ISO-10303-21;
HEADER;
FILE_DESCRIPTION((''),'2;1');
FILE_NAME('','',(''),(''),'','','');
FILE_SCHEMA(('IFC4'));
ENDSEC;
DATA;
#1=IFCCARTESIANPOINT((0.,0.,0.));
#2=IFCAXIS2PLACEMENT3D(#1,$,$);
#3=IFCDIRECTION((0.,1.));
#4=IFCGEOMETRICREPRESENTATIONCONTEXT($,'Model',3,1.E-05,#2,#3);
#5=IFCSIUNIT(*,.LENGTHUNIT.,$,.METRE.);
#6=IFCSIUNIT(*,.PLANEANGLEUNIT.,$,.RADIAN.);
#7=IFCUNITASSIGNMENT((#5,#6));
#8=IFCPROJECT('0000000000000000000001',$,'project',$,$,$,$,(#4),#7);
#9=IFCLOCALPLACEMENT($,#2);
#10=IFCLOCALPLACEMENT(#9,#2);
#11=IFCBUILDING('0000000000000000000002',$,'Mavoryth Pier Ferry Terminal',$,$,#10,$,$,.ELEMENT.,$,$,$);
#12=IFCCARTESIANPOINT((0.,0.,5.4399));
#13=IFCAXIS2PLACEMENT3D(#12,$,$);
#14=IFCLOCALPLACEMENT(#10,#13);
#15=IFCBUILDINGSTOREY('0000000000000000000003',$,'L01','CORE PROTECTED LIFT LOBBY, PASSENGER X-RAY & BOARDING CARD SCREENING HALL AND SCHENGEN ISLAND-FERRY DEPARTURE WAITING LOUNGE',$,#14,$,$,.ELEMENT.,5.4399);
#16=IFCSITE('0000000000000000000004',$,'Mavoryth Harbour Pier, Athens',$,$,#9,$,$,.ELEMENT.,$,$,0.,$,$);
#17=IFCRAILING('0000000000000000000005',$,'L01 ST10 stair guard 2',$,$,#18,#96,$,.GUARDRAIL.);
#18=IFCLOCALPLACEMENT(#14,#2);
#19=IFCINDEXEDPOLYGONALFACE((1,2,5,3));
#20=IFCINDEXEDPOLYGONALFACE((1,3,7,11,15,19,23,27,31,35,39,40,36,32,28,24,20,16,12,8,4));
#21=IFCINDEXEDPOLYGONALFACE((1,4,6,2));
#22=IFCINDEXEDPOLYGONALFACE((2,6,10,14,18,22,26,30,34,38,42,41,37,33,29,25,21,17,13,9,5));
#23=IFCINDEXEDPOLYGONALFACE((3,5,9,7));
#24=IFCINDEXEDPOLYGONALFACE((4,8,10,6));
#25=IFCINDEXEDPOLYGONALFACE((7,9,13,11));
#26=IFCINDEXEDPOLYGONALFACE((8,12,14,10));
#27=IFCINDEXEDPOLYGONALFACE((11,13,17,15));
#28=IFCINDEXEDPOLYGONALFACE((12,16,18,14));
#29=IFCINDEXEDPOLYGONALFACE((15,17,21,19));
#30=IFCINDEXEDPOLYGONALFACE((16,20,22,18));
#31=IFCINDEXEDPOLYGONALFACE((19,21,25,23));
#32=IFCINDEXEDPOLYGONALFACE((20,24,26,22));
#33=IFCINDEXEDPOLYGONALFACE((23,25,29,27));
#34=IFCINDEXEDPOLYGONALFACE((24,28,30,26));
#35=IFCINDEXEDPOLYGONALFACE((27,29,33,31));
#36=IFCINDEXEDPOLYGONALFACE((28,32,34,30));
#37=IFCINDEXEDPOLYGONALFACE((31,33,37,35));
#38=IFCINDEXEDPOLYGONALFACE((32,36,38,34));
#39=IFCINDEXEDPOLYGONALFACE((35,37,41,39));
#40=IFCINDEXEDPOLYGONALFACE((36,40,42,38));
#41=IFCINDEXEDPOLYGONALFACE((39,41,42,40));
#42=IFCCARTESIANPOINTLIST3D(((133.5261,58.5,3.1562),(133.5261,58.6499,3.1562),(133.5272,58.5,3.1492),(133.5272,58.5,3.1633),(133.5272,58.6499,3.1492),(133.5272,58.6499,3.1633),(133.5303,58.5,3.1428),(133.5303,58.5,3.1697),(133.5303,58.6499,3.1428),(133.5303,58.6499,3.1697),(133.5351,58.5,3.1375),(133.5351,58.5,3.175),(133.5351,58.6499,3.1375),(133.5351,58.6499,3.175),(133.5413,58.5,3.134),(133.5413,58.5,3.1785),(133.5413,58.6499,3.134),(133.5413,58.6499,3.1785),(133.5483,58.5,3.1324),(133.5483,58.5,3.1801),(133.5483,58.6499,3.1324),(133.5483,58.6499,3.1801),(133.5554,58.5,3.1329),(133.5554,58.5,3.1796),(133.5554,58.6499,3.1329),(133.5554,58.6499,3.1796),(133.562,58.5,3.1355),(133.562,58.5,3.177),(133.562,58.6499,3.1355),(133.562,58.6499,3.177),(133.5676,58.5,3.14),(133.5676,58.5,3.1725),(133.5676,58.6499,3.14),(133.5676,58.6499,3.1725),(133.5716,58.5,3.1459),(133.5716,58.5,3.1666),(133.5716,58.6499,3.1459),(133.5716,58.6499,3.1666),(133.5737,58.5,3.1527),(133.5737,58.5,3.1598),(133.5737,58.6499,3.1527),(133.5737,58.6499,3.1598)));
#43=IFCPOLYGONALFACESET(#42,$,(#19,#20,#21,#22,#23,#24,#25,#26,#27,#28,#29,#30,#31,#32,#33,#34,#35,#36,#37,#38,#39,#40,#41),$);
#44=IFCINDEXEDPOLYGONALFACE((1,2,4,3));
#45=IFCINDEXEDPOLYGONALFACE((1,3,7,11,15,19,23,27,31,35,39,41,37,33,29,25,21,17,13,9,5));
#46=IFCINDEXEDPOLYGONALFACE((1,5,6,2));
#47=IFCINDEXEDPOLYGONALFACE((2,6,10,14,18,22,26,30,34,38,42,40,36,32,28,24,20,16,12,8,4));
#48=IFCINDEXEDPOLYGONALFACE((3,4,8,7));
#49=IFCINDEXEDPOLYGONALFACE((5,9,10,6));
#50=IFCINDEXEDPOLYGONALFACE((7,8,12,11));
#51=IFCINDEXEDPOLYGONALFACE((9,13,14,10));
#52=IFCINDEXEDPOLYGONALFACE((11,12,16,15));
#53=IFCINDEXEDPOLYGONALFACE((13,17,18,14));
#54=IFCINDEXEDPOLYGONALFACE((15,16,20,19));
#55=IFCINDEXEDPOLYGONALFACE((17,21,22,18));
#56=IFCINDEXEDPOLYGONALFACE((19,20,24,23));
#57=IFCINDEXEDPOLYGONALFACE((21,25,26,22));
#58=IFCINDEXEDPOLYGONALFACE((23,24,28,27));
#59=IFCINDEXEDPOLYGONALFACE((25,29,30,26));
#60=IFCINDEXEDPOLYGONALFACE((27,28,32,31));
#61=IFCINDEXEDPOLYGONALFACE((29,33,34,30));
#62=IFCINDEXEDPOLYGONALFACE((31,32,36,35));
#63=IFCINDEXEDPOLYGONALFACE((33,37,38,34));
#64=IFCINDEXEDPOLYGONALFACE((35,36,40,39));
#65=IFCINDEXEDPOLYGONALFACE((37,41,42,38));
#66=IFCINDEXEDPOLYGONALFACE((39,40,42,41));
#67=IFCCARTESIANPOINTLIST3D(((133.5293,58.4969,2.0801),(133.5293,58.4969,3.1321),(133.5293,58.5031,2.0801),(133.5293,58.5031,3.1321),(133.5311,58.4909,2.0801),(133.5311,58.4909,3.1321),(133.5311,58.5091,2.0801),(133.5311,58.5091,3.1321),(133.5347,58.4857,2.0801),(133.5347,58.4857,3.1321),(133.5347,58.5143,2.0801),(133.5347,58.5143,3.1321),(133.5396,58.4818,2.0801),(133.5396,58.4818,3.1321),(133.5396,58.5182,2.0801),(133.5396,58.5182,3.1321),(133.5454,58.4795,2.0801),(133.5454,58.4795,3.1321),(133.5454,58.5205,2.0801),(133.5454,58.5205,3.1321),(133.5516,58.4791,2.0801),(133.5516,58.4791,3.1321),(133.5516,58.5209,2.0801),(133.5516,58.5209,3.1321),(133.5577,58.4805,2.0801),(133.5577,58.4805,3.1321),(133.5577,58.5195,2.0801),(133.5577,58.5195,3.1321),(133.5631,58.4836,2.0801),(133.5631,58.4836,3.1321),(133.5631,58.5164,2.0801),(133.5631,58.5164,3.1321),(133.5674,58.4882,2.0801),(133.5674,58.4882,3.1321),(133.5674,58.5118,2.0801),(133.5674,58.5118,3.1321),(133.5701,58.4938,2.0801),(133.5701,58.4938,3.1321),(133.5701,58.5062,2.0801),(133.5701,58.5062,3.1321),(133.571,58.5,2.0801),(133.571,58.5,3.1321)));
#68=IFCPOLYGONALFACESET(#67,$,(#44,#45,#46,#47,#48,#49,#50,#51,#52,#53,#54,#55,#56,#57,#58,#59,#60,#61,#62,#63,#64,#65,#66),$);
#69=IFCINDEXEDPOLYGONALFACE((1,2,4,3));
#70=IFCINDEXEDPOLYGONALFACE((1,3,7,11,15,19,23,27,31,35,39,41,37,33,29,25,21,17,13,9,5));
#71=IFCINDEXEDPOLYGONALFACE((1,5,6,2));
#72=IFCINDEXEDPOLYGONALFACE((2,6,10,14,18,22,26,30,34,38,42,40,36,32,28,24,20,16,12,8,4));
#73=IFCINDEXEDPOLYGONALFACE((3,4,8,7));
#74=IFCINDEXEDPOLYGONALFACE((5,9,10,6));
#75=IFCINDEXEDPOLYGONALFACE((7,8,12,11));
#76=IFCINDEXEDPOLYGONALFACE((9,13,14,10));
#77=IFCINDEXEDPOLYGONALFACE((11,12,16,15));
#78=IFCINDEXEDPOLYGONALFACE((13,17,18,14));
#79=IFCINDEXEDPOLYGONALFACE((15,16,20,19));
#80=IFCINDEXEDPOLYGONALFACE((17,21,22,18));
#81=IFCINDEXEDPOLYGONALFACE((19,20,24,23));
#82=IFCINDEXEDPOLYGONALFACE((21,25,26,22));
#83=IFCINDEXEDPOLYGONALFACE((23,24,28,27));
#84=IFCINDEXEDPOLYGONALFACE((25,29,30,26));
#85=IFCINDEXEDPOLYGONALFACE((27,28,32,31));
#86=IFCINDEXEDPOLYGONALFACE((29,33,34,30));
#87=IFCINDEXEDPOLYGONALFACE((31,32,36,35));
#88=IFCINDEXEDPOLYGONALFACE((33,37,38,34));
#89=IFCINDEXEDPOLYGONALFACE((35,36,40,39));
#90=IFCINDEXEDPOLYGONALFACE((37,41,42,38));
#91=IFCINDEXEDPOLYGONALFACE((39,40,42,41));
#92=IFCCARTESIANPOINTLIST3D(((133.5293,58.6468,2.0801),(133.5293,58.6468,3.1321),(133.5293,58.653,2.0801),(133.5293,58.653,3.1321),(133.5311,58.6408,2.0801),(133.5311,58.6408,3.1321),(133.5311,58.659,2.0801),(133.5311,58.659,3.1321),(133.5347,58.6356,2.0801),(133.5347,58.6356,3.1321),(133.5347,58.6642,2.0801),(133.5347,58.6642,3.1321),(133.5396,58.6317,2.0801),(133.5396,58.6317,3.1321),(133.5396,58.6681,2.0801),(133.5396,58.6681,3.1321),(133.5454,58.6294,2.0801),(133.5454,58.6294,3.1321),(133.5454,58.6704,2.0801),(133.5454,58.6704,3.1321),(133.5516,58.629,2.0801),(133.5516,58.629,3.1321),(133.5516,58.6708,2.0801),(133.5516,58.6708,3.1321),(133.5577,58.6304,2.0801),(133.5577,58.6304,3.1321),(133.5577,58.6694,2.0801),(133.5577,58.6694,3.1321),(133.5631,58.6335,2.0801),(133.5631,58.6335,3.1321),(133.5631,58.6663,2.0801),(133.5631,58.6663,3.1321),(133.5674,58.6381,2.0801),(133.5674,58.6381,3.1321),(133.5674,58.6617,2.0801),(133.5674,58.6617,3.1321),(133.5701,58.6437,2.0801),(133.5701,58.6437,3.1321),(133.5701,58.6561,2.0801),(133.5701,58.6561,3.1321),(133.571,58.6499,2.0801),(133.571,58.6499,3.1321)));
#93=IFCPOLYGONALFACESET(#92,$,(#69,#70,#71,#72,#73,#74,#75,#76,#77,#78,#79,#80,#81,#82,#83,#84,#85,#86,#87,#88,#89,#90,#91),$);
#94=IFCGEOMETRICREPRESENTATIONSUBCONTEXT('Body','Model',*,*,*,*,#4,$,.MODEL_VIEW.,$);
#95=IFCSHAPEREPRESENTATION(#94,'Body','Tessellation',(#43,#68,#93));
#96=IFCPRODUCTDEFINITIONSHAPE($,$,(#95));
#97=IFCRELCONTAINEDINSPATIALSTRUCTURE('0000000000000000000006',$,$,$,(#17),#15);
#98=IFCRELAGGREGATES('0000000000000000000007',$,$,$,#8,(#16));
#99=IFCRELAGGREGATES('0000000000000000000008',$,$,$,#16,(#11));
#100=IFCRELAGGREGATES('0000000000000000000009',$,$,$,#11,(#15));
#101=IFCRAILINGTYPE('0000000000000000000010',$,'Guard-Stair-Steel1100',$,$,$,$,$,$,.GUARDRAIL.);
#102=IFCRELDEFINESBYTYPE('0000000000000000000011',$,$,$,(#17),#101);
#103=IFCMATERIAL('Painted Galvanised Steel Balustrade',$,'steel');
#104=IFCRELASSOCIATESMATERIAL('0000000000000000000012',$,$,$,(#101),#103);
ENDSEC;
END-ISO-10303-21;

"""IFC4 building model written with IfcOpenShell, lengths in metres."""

from ifc_helpers import new_model, si_unit, direction, frame, origin, origin_2d, place, context, subcontext, project, spatial, circle, extrude, material, type_object, element, save


model = new_model("IFC4")

# Units and contexts
model_context = context("Model", 3, precision=1e-05, world=origin(), true_north=direction((0.0, 1.0)))
body_context = subcontext(model_context, "Body", "Model", "MODEL_VIEW")
ifc_project = project(units=[si_unit("LENGTHUNIT", "METRE"), si_unit("PLANEANGLEUNIT", "RADIAN")], contexts=[model_context])

# Site, building, storey
site_placement = place(None, origin())
site = spatial("IfcSite", under=ifc_project, at=site_placement, Name="Mavoryth Harbour Pier, Athens", CompositionType="ELEMENT", RefElevation=0.0)
building_placement = place(site_placement, origin())
building = spatial("IfcBuilding", under=site, at=building_placement, Name="Mavoryth Pier Ferry Terminal", CompositionType="ELEMENT")
storey_placement = place(building_placement, frame((0.0, 0.0, 5.4399)))
storey = spatial("IfcBuildingStorey", under=building, at=storey_placement, Name="L01", Description="CORE PROTECTED LIFT LOBBY, PASSENGER X-RAY & BOARDING CARD SCREENING HALL AND SCHENGEN ISLAND-FERRY DEPARTURE WAITING LOUNGE", CompositionType="ELEMENT", Elevation=5.4399)

# Railing
ifc_material_1 = material(Name="Painted Galvanised Steel Balustrade", Category="steel")
railing_type_1 = type_object("IfcRailingType", Name="Guard-Stair-Steel1100", PredefinedType="GUARDRAIL", material=ifc_material_1)
railing_1_placement = place(storey_placement, frame((133.55, 58.5, 2.0801)))
element("IfcRailing", 1, at=railing_1_placement, inside=storey, type_object=railing_type_1, Name="L01 ST10 stair guard 2", PredefinedType="GUARDRAIL", context=body_context, shape_type="SweptSolid", body=[
    extrude(circle(Radius=0.0239, at=origin_2d()), frame((0.0, 0.0, 1.0762), z_axis=(0.0, 1.0, 0.0), x_axis=(-1.0, 0.0, 0.0)), (0.0, 0.0, 1.0), 0.1499),
    extrude(circle(Radius=0.021, at=origin_2d()), origin(), (0.0, 0.0, 1.0), 1.052),
    extrude(circle(Radius=0.021, at=origin_2d()), frame((0.0, 0.1499, 0.0)), (0.0, 0.0, 1.0), 1.052),
])

save(model, "model.ifc")
